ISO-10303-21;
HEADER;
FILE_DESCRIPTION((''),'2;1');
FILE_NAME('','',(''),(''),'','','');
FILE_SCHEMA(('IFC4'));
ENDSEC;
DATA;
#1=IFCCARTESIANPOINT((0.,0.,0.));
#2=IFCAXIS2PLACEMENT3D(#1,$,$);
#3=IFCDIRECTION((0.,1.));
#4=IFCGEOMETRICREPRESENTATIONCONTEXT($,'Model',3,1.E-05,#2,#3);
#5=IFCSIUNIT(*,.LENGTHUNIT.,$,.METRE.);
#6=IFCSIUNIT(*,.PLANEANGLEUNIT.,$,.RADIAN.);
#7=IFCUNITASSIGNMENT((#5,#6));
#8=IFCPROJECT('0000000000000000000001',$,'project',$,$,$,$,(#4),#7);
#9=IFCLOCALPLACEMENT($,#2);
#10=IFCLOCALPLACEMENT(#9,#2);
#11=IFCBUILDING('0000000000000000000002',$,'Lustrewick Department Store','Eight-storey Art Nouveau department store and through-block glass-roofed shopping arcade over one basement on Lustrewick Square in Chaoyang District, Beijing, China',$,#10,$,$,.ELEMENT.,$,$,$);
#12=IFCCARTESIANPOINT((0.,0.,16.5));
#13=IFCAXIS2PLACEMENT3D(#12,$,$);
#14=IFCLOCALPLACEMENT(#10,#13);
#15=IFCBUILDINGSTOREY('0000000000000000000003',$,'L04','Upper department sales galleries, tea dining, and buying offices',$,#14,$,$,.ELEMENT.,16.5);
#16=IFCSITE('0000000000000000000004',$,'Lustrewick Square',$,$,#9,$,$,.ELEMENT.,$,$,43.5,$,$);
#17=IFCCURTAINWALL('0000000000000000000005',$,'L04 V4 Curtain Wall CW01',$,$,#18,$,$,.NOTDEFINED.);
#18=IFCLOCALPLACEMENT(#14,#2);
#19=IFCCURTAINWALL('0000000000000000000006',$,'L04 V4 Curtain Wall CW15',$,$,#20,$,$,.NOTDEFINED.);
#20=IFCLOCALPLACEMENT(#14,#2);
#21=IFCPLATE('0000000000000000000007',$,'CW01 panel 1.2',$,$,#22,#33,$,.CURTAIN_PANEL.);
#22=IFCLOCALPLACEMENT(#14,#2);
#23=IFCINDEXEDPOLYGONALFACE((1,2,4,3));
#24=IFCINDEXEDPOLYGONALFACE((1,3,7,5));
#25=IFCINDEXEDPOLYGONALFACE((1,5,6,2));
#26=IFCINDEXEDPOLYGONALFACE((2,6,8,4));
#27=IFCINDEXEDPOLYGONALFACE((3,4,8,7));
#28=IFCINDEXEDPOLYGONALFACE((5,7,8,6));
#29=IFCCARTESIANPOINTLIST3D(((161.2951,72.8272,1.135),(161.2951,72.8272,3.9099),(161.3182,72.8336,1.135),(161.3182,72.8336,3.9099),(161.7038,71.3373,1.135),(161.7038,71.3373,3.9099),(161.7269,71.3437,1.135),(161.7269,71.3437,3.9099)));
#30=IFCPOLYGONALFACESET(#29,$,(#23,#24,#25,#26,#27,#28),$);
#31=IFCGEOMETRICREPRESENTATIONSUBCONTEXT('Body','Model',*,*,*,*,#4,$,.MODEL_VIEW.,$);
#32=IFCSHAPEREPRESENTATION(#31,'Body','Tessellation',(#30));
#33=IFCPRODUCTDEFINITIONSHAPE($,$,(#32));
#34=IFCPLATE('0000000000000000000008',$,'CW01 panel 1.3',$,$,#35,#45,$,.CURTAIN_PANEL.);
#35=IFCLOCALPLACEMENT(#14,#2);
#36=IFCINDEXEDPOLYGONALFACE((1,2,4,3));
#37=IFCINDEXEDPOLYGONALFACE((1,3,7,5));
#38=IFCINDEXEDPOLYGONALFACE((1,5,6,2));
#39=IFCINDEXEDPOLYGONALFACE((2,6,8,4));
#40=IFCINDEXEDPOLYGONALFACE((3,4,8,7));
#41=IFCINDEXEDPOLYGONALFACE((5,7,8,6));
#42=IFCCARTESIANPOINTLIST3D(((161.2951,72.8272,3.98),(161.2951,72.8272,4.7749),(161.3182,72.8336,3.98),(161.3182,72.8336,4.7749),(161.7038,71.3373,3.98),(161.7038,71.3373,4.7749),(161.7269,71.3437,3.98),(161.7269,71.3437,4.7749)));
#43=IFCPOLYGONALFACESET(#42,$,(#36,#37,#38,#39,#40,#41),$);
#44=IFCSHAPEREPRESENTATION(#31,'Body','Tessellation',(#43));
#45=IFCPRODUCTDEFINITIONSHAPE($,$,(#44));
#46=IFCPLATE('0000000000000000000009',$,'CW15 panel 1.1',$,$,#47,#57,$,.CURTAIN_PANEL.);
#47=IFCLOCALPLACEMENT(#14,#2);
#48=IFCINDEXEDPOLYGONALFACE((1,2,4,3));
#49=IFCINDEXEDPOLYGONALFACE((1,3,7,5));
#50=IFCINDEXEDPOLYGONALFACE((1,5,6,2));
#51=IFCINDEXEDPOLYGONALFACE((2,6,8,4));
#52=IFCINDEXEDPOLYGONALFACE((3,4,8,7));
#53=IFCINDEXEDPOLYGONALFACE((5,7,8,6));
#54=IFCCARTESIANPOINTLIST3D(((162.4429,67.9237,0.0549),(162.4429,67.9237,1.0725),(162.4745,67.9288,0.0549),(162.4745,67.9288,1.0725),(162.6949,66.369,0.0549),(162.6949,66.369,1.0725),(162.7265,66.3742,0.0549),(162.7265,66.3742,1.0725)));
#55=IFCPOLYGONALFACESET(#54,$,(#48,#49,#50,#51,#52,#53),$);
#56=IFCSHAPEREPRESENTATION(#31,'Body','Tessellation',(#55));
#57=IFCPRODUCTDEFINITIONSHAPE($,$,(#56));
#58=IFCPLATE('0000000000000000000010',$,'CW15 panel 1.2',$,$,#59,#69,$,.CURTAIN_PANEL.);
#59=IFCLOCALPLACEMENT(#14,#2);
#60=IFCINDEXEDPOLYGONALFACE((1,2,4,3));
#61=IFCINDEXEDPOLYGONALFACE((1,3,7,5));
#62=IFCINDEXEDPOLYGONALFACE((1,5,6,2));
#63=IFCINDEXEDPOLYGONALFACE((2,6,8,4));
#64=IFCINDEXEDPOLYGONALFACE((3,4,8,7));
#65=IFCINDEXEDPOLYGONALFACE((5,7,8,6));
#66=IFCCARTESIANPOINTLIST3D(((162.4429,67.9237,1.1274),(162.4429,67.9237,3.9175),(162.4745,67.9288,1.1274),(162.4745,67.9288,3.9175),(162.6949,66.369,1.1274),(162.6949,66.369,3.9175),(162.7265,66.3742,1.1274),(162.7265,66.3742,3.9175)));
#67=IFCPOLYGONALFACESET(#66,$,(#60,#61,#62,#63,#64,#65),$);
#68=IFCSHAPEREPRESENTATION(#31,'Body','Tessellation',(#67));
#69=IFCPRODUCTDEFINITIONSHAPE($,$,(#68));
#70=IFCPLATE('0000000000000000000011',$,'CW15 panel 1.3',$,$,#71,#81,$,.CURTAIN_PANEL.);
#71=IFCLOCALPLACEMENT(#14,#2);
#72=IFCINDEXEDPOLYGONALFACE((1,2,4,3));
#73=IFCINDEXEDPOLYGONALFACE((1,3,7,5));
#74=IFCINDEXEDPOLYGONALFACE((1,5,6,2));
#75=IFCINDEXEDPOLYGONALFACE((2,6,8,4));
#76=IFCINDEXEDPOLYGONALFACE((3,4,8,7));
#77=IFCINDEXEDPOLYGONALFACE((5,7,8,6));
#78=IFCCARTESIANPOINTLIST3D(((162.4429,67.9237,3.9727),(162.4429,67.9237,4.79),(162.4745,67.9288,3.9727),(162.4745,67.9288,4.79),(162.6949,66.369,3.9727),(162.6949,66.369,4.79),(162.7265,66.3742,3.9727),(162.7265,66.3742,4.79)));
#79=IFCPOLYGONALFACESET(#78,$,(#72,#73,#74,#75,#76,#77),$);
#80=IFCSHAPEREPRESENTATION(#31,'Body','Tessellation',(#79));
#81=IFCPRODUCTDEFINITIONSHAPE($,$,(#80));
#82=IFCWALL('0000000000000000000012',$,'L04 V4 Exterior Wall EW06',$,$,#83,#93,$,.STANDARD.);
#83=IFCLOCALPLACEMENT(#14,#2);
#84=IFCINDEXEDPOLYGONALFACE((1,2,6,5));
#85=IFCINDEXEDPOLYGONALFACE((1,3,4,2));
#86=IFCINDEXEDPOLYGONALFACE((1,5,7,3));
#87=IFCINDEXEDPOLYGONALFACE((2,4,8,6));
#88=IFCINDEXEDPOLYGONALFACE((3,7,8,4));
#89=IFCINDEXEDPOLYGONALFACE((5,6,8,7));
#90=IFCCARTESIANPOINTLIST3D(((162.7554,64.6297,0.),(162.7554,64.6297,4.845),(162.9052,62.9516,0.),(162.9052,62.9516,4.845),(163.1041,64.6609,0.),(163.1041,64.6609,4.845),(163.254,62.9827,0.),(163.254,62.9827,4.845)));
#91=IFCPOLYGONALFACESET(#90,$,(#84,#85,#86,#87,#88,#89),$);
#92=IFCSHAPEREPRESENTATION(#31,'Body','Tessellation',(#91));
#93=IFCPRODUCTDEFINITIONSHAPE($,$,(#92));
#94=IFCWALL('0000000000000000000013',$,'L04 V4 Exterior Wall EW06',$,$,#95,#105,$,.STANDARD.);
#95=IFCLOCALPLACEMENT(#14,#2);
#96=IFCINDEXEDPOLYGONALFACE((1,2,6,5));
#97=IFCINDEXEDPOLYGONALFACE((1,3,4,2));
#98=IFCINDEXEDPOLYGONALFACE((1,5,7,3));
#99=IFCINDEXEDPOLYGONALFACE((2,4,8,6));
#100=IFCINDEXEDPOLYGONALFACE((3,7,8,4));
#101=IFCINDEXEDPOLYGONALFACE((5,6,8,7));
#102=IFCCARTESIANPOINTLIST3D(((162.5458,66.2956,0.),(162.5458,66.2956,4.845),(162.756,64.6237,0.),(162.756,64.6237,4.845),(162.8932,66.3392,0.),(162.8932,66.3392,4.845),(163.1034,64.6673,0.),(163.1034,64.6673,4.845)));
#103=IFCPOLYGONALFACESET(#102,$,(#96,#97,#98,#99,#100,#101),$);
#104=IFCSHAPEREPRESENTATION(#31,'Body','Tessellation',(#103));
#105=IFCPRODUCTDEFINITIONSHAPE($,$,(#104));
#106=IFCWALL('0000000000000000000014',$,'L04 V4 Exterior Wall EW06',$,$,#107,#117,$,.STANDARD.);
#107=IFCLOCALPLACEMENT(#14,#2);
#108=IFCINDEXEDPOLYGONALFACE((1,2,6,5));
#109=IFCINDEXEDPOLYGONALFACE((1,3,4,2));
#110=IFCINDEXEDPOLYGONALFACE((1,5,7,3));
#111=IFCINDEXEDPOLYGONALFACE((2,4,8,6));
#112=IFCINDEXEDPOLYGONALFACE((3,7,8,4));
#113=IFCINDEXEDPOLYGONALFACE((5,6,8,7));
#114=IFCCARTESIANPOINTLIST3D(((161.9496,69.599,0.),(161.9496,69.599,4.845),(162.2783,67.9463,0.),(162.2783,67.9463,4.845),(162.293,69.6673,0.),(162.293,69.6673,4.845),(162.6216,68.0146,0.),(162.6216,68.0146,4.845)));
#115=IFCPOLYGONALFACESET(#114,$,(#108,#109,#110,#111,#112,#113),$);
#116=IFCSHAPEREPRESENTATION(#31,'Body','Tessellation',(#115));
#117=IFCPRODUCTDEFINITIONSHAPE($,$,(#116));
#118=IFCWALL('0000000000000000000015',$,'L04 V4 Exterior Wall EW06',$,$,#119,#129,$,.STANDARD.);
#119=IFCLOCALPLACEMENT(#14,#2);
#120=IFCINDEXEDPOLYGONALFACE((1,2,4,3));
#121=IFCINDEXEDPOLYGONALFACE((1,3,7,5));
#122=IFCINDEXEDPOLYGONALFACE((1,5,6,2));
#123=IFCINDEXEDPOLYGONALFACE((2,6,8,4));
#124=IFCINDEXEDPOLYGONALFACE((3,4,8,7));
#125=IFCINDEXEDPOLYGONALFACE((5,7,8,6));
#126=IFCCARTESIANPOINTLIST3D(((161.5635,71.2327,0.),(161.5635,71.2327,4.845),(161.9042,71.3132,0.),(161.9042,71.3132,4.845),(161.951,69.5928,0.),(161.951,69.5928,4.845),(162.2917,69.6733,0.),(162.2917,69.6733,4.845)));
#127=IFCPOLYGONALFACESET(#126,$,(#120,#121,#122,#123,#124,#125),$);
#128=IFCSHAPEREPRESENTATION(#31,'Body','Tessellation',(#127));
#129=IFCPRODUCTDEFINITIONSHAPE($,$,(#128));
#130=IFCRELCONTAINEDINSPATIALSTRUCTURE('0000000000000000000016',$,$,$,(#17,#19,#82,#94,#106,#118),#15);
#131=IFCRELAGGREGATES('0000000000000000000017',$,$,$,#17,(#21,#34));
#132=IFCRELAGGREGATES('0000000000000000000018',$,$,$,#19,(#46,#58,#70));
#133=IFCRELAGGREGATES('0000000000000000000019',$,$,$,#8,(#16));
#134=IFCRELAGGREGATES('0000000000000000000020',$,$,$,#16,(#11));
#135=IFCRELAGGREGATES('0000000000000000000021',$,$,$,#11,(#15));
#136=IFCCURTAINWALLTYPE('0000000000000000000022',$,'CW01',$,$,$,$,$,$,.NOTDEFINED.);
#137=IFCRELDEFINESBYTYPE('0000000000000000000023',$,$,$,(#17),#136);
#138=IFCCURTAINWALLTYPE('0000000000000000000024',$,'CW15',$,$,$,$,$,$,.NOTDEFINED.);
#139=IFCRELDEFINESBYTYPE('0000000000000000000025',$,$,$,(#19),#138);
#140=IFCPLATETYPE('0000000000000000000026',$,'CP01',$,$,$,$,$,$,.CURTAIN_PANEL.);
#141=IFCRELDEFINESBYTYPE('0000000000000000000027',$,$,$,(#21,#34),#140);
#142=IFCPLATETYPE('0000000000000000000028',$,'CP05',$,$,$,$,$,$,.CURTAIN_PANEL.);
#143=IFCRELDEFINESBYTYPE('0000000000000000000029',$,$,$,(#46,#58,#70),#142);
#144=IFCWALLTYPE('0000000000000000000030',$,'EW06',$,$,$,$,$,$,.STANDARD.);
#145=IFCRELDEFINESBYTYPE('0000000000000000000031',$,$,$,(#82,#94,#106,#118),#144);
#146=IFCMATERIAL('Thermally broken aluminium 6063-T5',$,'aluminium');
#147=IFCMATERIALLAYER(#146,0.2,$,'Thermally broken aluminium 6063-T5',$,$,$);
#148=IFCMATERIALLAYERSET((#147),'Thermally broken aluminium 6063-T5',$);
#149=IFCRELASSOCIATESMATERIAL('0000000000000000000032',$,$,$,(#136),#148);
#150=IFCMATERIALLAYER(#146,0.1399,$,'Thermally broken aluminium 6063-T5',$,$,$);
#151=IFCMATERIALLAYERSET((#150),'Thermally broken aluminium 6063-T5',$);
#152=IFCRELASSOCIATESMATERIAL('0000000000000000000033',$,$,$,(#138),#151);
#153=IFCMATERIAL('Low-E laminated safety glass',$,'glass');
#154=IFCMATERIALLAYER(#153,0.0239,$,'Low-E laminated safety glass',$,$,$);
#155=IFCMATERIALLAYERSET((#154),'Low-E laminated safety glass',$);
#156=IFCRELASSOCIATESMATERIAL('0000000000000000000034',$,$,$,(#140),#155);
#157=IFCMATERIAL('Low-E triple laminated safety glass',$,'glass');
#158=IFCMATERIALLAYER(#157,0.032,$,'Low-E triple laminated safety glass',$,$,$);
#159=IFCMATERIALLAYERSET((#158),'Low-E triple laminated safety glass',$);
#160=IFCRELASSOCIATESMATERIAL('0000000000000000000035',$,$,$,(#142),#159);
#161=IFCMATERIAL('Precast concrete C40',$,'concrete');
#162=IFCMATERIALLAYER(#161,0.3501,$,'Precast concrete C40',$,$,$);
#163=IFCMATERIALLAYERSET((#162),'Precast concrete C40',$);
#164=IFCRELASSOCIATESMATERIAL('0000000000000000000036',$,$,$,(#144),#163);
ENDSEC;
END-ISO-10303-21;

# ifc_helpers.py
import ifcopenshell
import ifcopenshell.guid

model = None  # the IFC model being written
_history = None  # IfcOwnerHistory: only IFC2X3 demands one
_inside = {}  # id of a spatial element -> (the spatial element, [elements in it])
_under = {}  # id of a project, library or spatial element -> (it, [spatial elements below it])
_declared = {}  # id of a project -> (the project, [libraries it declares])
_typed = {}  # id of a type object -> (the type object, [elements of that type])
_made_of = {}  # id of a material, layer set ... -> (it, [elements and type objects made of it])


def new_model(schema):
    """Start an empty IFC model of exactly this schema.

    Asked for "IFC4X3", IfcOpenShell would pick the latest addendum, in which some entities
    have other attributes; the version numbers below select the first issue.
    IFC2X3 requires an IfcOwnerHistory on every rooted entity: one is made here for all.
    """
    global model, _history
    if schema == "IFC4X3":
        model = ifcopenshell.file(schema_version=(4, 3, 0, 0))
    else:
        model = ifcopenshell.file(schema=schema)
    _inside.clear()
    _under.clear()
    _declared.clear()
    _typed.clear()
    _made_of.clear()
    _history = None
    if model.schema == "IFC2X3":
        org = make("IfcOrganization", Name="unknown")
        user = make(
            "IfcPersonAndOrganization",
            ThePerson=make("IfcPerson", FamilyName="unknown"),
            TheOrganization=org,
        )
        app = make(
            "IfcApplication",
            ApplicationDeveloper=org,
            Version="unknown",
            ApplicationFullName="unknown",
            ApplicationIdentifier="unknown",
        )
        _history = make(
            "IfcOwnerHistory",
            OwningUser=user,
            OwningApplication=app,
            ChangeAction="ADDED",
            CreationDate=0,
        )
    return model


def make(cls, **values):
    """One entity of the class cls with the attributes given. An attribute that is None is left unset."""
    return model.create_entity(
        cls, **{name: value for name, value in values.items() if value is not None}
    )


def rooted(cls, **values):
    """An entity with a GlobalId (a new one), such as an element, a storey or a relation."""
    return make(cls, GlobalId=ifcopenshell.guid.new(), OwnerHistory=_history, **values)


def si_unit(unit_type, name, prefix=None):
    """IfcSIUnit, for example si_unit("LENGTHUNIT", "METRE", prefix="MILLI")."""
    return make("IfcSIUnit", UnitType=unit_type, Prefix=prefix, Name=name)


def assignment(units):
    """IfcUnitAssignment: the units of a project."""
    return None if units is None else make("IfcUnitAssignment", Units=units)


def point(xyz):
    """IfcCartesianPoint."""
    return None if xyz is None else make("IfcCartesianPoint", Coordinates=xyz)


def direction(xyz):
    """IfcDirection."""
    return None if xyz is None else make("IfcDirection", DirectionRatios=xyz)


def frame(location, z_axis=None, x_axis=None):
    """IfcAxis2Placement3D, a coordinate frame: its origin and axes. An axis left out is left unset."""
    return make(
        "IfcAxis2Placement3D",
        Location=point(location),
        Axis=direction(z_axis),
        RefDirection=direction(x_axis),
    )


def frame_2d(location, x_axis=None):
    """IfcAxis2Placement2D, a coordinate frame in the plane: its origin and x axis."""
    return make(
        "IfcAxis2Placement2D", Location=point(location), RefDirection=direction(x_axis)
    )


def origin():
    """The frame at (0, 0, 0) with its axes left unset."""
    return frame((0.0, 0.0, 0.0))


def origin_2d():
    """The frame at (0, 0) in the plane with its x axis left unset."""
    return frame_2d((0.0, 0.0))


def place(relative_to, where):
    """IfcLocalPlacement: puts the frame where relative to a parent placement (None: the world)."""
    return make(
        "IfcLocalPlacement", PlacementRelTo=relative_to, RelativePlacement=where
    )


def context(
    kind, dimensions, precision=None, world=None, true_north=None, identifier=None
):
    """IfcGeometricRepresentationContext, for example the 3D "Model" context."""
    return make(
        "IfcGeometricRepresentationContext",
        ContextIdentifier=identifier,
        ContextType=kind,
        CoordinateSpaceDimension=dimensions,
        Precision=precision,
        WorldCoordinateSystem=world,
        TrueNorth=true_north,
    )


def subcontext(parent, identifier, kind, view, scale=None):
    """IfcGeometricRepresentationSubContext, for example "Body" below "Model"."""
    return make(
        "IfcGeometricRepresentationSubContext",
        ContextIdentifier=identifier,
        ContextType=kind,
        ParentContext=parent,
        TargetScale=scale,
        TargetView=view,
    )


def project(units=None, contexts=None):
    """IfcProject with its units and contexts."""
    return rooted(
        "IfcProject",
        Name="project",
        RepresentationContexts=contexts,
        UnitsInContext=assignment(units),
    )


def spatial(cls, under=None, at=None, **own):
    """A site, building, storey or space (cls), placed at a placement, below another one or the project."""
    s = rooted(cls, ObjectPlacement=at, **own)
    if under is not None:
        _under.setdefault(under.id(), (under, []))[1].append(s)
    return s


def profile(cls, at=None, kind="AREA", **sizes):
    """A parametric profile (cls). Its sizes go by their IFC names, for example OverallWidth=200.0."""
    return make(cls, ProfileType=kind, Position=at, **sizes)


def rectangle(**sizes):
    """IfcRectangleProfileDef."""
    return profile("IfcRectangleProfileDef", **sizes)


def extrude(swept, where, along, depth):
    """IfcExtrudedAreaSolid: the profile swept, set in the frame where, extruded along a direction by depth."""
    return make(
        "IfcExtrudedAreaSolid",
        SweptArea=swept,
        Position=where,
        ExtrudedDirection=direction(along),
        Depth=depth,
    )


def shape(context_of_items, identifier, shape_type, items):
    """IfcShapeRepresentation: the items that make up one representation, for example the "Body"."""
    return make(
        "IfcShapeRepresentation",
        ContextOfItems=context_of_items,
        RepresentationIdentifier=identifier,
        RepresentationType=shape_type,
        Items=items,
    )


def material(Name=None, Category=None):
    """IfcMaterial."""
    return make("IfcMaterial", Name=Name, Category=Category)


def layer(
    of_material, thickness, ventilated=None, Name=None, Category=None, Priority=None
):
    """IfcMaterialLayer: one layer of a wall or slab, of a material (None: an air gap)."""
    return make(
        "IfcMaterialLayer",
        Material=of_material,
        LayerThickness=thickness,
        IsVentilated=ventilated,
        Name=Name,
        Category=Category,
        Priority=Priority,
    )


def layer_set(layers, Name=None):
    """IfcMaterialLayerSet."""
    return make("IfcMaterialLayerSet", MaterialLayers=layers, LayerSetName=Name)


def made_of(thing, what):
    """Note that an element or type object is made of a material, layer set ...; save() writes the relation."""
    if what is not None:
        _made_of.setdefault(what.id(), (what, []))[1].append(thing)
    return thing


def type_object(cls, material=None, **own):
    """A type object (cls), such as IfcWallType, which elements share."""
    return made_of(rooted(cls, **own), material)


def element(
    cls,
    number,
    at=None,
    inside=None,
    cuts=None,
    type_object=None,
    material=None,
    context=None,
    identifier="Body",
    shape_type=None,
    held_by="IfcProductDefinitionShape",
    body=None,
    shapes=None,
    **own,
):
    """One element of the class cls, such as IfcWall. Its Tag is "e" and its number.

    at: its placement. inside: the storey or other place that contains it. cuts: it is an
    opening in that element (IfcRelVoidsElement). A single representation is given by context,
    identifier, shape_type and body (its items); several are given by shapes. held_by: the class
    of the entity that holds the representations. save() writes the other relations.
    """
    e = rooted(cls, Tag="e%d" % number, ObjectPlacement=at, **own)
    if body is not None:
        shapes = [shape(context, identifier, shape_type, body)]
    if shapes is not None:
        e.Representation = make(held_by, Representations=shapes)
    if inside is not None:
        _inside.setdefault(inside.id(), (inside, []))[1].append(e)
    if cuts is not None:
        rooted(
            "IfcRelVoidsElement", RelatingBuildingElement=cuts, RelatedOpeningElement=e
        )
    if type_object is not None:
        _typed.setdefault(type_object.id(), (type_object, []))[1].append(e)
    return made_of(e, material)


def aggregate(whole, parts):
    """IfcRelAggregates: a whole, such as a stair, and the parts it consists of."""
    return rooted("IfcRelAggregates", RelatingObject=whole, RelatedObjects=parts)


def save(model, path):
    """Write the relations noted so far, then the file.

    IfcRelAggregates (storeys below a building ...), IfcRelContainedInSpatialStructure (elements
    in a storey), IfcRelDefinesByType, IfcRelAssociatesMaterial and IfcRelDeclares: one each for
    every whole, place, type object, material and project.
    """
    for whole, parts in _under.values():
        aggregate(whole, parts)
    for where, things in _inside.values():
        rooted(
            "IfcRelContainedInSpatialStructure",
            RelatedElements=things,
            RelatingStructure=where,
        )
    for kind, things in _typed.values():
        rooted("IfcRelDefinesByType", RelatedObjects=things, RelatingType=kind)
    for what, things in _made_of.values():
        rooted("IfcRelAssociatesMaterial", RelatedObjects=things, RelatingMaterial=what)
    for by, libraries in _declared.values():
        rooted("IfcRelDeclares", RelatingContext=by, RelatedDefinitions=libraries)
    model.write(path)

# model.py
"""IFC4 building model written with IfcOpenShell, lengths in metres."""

from ifc_helpers import new_model, si_unit, direction, frame, frame_2d, origin, origin_2d, place, context, subcontext, project, spatial, rectangle, extrude, material, layer, layer_set, type_object, element, aggregate, save


model = new_model("IFC4")

# Units and contexts
model_context = context("Model", 3, precision=1e-05, world=origin(), true_north=direction((0.0, 1.0)))
body_context = subcontext(model_context, "Body", "Model", "MODEL_VIEW")
ifc_project = project(units=[si_unit("LENGTHUNIT", "METRE"), si_unit("PLANEANGLEUNIT", "RADIAN")], contexts=[model_context])

# Site, building, storey
site_placement = place(None, origin())
site = spatial("IfcSite", under=ifc_project, at=site_placement, Name="Lustrewick Square", CompositionType="ELEMENT", RefElevation=43.5)
building_placement = place(site_placement, origin())
building = spatial("IfcBuilding", under=site, at=building_placement, Name="Lustrewick Department Store", Description="Eight-storey Art Nouveau department store and through-block glass-roofed shopping arcade over one basement on Lustrewick Square in Chaoyang District, Beijing, China", CompositionType="ELEMENT")
storey_placement = place(building_placement, frame((0.0, 0.0, 16.5)))
storey = spatial("IfcBuildingStorey", under=building, at=storey_placement, Name="L04", Description="Upper department sales galleries, tea dining, and buying offices", CompositionType="ELEMENT", Elevation=16.5)

# Curtain wall
ifc_material_1 = material(Name="Thermally broken aluminium 6063-T5", Category="aluminium")
ifc_layer_1 = layer(ifc_material_1, 0.2, Name="Thermally broken aluminium 6063-T5")
ifc_layer_set_1 = layer_set([ifc_layer_1], Name="Thermally broken aluminium 6063-T5")
curtain_wall_type_1 = type_object("IfcCurtainWallType", Name="CW01", PredefinedType="NOTDEFINED", material=ifc_layer_set_1)
curtain_wall_1_placement = place(storey_placement, origin())
curtain_wall_1 = element("IfcCurtainWall", 1, at=curtain_wall_1_placement, inside=storey, type_object=curtain_wall_type_1, Name="L04 V4 Curtain Wall CW01", PredefinedType="NOTDEFINED")

# Curtain wall
ifc_layer_2 = layer(ifc_material_1, 0.1399, Name="Thermally broken aluminium 6063-T5")
ifc_layer_set_2 = layer_set([ifc_layer_2], Name="Thermally broken aluminium 6063-T5")
curtain_wall_type_2 = type_object("IfcCurtainWallType", Name="CW15", PredefinedType="NOTDEFINED", material=ifc_layer_set_2)
curtain_wall_2_placement = place(storey_placement, origin())
curtain_wall_2 = element("IfcCurtainWall", 2, at=curtain_wall_2_placement, inside=storey, type_object=curtain_wall_type_2, Name="L04 V4 Curtain Wall CW15", PredefinedType="NOTDEFINED")

# Plates
ifc_material_2 = material(Name="Low-E laminated safety glass", Category="glass")
ifc_layer_3 = layer(ifc_material_2, 0.0239, Name="Low-E laminated safety glass")
ifc_layer_set_3 = layer_set([ifc_layer_3], Name="Low-E laminated safety glass")
plate_type_1 = type_object("IfcPlateType", Name="CP01", PredefinedType="CURTAIN_PANEL", material=ifc_layer_set_3)
plate_1_placement = place(storey_placement, frame((161.511, 72.0854, 1.135), z_axis=(0.0, 0.0, 1.0), x_axis=(-0.264523, 0.964379, 0.0)))
plate_1 = element("IfcPlate", 3, at=plate_1_placement, type_object=plate_type_1, Name="CW01 panel 1.2", PredefinedType="CURTAIN_PANEL", context=body_context, shape_type="SweptSolid", body=[
    extrude(rectangle(XDim=1.5449, YDim=0.0239, at=origin_2d()), origin(), (0.0, 0.0, 1.0), 2.7749),
])
plate_2_placement = place(storey_placement, frame((161.511, 72.0854, 3.98), z_axis=(0.0, 0.0, 1.0), x_axis=(-0.264523, 0.964379, 0.0)))
plate_2 = element("IfcPlate", 4, at=plate_2_placement, type_object=plate_type_1, Name="CW01 panel 1.3", PredefinedType="CURTAIN_PANEL", context=body_context, shape_type="SweptSolid", body=[
    extrude(rectangle(XDim=1.5449, YDim=0.0239, at=origin_2d()), origin(), (0.0, 0.0, 1.0), 0.7949),
])
aggregate(curtain_wall_1, [plate_1, plate_2])
ifc_material_3 = material(Name="Low-E triple laminated safety glass", Category="glass")
ifc_layer_4 = layer(ifc_material_3, 0.032, Name="Low-E triple laminated safety glass")
ifc_layer_set_4 = layer_set([ifc_layer_4], Name="Low-E triple laminated safety glass")
plate_type_2 = type_object("IfcPlateType", Name="CP05", PredefinedType="CURTAIN_PANEL", material=ifc_layer_set_4)
plate_3_placement = place(storey_placement, frame((162.5847, 67.1489, 0.0549), z_axis=(0.0, 0.0, 1.0), x_axis=(-0.160009, 0.987116, 0.0)))
plate_3 = element("IfcPlate", 5, at=plate_3_placement, type_object=plate_type_2, Name="CW15 panel 1.1", PredefinedType="CURTAIN_PANEL", context=body_context, shape_type="SweptSolid", body=[
    extrude(rectangle(XDim=1.575, YDim=0.032, at=origin_2d()), origin(), (0.0, 0.0, 1.0), 1.0176),
])
plate_4_placement = place(storey_placement, frame((162.5847, 67.1489, 1.1274), z_axis=(0.0, 0.0, 1.0), x_axis=(-0.160009, 0.987116, 0.0)))
plate_4 = element("IfcPlate", 6, at=plate_4_placement, type_object=plate_type_2, Name="CW15 panel 1.2", PredefinedType="CURTAIN_PANEL", context=body_context, shape_type="SweptSolid", body=[
    extrude(rectangle(XDim=1.575, YDim=0.032, at=origin_2d()), origin(), (0.0, 0.0, 1.0), 2.79),
])
plate_5_placement = place(storey_placement, frame((162.5847, 67.1489, 3.9727), z_axis=(0.0, 0.0, 1.0), x_axis=(-0.160009, 0.987116, 0.0)))
plate_5 = element("IfcPlate", 7, at=plate_5_placement, type_object=plate_type_2, Name="CW15 panel 1.3", PredefinedType="CURTAIN_PANEL", context=body_context, shape_type="SweptSolid", body=[
    extrude(rectangle(XDim=1.575, YDim=0.032, at=origin_2d()), origin(), (0.0, 0.0, 1.0), 0.8174),
])
aggregate(curtain_wall_2, [plate_3, plate_4, plate_5])

# Walls
ifc_material_4 = material(Name="Precast concrete C40", Category="concrete")
ifc_layer_5 = layer(ifc_material_4, 0.3501, Name="Precast concrete C40")
ifc_layer_set_5 = layer_set([ifc_layer_5], Name="Precast concrete C40")
wall_type = type_object("IfcWallType", Name="EW06", PredefinedType="STANDARD", material=ifc_layer_set_5)
wall_placement = place(storey_placement, frame((163.0796, 62.9673, 0.0), z_axis=(0.0, 0.0, 1.0), x_axis=(-0.088968, 0.996034, 0.0)))
element("IfcWall", 8, at=wall_placement, inside=storey, type_object=wall_type, Name="L04 V4 Exterior Wall EW06", PredefinedType="STANDARD", context=body_context, shape_type="SweptSolid", body=[
    extrude(rectangle(XDim=1.6848, YDim=0.3501, at=frame_2d((0.8423, 0.0))), origin(), (0.0, 0.0, 1.0), 4.845),
])
for number, where, z_axis, x_axis, name in (
    (9, (162.9297, 64.6455, 0.0), (0.0, 0.0, 1.0), (-0.124748, 0.992188, 0.0), "L04 V4 Exterior Wall EW06"),
    (10, (162.45, 67.9805, 0.0), (0.0, 0.0, 1.0), (-0.195029, 0.980797, 0.0), "L04 V4 Exterior Wall EW06"),
    (11, (162.1213, 69.6331, 0.0), (0.0, 0.0, 1.0), (-0.229936, 0.973206, 0.0), "L04 V4 Exterior Wall EW06"),
):
    element("IfcWall", number, at=place(storey_placement, frame(where, z_axis=z_axis, x_axis=x_axis)), inside=storey, type_object=wall_type, Name=name, PredefinedType="STANDARD", context=body_context, shape_type="SweptSolid", body=[
        extrude(rectangle(XDim=1.6851, YDim=0.3501, at=frame_2d((0.8425, 0.0))), origin(), (0.0, 0.0, 1.0), 4.845),
    ])

save(model, "model.ifc")
